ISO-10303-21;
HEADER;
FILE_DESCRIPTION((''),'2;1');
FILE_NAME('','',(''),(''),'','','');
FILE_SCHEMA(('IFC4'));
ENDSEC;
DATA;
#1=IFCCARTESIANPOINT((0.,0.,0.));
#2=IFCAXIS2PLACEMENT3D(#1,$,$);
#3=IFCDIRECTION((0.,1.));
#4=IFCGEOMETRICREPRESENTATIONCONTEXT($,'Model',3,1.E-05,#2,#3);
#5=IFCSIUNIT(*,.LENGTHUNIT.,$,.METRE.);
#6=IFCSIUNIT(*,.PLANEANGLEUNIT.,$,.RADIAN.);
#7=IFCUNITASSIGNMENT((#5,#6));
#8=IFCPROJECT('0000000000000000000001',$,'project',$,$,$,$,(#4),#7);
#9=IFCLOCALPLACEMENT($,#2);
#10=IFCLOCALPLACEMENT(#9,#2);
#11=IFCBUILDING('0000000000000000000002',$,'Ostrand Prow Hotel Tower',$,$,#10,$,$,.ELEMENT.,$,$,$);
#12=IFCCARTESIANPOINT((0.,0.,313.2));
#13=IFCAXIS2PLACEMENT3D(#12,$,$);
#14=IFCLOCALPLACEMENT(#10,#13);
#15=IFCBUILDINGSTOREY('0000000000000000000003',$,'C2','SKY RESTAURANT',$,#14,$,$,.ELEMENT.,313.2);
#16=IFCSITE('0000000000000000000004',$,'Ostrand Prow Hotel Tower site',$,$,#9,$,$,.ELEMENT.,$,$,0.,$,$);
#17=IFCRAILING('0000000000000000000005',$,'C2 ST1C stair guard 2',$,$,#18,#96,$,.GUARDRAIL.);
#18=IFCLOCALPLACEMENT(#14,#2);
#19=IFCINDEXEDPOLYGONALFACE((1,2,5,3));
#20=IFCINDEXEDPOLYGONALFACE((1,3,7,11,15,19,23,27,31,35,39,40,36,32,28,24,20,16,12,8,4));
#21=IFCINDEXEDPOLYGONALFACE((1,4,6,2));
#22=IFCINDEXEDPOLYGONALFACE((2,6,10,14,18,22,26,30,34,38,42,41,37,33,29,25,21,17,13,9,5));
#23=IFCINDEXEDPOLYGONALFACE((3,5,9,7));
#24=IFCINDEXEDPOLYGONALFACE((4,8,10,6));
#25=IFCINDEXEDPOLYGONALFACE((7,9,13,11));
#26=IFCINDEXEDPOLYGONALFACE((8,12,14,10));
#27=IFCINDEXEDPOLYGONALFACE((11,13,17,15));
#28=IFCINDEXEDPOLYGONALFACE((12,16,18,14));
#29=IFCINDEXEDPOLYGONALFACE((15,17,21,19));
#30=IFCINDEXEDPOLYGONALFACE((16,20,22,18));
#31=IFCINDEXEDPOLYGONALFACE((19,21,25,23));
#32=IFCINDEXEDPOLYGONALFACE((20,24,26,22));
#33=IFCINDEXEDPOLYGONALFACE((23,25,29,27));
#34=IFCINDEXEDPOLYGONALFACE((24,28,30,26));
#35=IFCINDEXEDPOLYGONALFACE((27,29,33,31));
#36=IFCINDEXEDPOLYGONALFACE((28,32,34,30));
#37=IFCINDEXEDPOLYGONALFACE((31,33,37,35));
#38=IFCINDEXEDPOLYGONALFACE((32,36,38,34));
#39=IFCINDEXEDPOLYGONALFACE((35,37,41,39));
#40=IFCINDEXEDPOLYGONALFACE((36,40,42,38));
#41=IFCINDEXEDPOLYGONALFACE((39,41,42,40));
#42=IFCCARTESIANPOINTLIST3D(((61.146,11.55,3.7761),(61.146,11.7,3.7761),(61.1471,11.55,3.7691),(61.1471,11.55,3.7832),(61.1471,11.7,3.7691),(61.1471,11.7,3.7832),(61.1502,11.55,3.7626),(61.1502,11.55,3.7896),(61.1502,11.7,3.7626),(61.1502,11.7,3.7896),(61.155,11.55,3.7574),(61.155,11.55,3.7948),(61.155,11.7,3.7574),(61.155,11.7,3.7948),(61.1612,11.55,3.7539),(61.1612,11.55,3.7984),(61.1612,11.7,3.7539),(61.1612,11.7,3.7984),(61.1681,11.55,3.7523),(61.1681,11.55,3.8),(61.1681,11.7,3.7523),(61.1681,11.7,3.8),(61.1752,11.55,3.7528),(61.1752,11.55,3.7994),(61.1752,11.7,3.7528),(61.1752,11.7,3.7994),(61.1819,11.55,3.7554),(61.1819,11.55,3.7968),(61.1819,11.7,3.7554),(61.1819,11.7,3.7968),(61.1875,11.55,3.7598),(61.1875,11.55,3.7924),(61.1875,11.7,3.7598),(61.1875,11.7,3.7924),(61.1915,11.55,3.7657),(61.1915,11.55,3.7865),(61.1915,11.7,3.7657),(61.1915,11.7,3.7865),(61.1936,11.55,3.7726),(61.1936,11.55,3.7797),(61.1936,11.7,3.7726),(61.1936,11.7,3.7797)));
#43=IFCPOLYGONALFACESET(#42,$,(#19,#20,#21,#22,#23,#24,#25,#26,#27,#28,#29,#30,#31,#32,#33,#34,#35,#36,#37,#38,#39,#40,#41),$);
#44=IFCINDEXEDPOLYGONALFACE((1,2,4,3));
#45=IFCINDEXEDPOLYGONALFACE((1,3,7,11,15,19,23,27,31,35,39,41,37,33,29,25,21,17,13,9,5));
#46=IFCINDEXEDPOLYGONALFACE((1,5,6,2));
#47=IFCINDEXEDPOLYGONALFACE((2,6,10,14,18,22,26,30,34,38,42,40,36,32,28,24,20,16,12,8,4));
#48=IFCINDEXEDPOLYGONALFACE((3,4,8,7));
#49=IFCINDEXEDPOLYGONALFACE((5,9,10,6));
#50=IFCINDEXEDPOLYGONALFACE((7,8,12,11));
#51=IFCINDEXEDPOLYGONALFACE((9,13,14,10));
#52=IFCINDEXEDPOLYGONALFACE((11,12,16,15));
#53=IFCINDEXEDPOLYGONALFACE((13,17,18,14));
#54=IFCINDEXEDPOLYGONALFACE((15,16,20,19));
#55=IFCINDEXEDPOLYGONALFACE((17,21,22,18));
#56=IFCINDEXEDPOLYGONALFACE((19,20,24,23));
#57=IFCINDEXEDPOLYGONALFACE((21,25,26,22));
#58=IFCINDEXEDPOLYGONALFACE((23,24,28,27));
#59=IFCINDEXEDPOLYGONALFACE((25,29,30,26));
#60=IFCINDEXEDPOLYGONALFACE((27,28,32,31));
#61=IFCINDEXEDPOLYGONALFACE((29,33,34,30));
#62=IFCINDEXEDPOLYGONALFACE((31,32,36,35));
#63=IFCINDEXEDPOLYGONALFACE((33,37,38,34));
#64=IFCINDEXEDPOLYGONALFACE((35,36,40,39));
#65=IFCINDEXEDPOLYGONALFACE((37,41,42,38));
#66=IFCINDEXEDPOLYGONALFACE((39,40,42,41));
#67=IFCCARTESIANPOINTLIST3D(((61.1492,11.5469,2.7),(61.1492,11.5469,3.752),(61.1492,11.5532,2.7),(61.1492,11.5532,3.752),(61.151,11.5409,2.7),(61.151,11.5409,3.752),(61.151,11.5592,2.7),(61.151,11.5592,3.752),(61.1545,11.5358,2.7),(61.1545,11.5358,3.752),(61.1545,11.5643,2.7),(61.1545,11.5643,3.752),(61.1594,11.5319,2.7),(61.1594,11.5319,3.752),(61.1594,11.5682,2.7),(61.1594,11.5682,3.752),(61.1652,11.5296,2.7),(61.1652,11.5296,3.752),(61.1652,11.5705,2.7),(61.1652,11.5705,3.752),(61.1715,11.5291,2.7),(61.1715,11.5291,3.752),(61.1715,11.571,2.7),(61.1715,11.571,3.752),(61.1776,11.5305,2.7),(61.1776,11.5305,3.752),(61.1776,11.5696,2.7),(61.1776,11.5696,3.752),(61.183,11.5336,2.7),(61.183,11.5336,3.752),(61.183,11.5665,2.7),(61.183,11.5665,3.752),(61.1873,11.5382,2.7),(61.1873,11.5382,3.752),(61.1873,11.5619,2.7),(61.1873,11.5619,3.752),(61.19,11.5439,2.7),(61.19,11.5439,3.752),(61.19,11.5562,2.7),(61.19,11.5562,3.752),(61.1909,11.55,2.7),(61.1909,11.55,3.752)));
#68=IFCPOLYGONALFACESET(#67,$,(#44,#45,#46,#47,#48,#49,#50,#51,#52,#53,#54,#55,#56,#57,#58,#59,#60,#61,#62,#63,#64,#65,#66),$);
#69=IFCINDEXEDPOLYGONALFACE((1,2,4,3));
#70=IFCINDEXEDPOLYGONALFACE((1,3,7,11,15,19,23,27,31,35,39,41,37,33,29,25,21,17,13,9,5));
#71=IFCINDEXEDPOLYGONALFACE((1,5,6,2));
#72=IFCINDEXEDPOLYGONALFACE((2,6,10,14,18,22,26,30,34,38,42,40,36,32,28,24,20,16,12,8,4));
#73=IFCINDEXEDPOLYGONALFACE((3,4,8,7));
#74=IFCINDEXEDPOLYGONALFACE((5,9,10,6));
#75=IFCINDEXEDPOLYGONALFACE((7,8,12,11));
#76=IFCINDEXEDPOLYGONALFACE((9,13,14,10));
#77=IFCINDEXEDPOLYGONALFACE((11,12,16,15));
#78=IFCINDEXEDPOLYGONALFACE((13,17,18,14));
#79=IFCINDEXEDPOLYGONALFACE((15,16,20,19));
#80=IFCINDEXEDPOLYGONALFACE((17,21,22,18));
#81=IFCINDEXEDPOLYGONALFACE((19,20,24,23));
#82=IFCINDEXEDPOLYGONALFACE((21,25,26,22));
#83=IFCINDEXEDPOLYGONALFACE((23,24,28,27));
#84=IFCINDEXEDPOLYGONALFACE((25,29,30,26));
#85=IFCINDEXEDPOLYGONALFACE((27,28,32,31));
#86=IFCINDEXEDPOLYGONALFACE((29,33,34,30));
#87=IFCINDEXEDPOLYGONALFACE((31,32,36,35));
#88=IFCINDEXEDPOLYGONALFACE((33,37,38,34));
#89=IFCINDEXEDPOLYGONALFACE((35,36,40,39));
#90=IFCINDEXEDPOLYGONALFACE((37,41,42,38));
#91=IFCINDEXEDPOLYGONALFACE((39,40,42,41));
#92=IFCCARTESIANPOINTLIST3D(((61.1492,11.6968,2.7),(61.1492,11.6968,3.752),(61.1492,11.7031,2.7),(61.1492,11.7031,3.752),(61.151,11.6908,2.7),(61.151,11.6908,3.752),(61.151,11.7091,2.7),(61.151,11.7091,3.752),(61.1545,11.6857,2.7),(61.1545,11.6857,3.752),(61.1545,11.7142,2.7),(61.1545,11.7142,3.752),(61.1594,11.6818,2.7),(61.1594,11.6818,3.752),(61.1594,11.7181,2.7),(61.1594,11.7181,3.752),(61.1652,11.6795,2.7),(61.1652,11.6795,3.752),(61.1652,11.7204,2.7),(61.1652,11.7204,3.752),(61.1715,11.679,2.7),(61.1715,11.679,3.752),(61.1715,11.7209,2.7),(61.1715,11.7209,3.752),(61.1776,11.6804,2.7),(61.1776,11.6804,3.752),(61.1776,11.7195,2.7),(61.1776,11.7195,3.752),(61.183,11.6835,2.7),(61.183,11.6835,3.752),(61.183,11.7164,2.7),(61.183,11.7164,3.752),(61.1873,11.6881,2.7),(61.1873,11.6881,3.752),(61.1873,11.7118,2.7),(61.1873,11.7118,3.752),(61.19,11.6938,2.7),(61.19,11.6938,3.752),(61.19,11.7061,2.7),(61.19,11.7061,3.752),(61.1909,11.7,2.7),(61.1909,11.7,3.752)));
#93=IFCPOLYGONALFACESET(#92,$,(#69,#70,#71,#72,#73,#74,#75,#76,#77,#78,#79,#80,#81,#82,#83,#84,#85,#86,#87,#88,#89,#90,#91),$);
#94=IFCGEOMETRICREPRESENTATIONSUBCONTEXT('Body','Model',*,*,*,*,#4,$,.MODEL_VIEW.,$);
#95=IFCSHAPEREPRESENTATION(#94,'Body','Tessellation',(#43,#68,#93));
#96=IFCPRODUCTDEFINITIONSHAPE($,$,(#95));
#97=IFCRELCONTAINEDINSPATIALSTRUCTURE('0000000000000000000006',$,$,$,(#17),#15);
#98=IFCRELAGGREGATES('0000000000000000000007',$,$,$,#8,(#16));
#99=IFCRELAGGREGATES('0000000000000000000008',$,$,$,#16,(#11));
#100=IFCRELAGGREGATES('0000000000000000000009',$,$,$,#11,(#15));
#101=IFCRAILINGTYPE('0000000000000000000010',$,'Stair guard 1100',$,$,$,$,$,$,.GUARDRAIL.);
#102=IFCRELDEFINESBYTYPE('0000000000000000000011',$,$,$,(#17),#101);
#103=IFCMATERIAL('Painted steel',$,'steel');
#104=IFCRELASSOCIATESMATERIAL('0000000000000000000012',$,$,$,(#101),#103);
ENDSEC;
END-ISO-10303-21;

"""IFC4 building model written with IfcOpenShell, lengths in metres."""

from ifc_helpers import new_model, si_unit, direction, frame, origin, origin_2d, place, context, subcontext, project, spatial, circle, extrude, material, type_object, element, save


model = new_model("IFC4")

# Units and contexts
model_context = context("Model", 3, precision=1e-05, world=origin(), true_north=direction((0.0, 1.0)))
body_context = subcontext(model_context, "Body", "Model", "MODEL_VIEW")
ifc_project = project(units=[si_unit("LENGTHUNIT", "METRE"), si_unit("PLANEANGLEUNIT", "RADIAN")], contexts=[model_context])

# Site, building, storey
site_placement = place(None, origin())
site = spatial("IfcSite", under=ifc_project, at=site_placement, Name="Ostrand Prow Hotel Tower site", CompositionType="ELEMENT", RefElevation=0.0)
building_placement = place(site_placement, origin())
building = spatial("IfcBuilding", under=site, at=building_placement, Name="Ostrand Prow Hotel Tower", CompositionType="ELEMENT")
storey_placement = place(building_placement, frame((0.0, 0.0, 313.2)))
storey = spatial("IfcBuildingStorey", under=building, at=storey_placement, Name="C2", Description="SKY RESTAURANT", CompositionType="ELEMENT", Elevation=313.2)

# Railing
ifc_material_1 = material(Name="Painted steel", Category="steel")
railing_type_1 = type_object("IfcRailingType", Name="Stair guard 1100", PredefinedType="GUARDRAIL", material=ifc_material_1)
railing_1_placement = place(storey_placement, frame((61.1699, 11.55, 2.7)))
element("IfcRailing", 1, at=railing_1_placement, inside=storey, type_object=railing_type_1, Name="C2 ST1C stair guard 2", PredefinedType="GUARDRAIL", context=body_context, shape_type="SweptSolid", body=[
    extrude(circle(Radius=0.0239, at=origin_2d()), frame((0.0, 0.0, 1.0762), z_axis=(0.0, 1.0, 0.0), x_axis=(-1.0, 0.0, 0.0)), (0.0, 0.0, 1.0), 0.1499),
    extrude(circle(Radius=0.021, at=origin_2d()), origin(), (0.0, 0.0, 1.0), 1.052),
    extrude(circle(Radius=0.021, at=origin_2d()), frame((0.0, 0.1499, 0.0)), (0.0, 0.0, 1.0), 1.052),
])

save(model, "model.ifc")
